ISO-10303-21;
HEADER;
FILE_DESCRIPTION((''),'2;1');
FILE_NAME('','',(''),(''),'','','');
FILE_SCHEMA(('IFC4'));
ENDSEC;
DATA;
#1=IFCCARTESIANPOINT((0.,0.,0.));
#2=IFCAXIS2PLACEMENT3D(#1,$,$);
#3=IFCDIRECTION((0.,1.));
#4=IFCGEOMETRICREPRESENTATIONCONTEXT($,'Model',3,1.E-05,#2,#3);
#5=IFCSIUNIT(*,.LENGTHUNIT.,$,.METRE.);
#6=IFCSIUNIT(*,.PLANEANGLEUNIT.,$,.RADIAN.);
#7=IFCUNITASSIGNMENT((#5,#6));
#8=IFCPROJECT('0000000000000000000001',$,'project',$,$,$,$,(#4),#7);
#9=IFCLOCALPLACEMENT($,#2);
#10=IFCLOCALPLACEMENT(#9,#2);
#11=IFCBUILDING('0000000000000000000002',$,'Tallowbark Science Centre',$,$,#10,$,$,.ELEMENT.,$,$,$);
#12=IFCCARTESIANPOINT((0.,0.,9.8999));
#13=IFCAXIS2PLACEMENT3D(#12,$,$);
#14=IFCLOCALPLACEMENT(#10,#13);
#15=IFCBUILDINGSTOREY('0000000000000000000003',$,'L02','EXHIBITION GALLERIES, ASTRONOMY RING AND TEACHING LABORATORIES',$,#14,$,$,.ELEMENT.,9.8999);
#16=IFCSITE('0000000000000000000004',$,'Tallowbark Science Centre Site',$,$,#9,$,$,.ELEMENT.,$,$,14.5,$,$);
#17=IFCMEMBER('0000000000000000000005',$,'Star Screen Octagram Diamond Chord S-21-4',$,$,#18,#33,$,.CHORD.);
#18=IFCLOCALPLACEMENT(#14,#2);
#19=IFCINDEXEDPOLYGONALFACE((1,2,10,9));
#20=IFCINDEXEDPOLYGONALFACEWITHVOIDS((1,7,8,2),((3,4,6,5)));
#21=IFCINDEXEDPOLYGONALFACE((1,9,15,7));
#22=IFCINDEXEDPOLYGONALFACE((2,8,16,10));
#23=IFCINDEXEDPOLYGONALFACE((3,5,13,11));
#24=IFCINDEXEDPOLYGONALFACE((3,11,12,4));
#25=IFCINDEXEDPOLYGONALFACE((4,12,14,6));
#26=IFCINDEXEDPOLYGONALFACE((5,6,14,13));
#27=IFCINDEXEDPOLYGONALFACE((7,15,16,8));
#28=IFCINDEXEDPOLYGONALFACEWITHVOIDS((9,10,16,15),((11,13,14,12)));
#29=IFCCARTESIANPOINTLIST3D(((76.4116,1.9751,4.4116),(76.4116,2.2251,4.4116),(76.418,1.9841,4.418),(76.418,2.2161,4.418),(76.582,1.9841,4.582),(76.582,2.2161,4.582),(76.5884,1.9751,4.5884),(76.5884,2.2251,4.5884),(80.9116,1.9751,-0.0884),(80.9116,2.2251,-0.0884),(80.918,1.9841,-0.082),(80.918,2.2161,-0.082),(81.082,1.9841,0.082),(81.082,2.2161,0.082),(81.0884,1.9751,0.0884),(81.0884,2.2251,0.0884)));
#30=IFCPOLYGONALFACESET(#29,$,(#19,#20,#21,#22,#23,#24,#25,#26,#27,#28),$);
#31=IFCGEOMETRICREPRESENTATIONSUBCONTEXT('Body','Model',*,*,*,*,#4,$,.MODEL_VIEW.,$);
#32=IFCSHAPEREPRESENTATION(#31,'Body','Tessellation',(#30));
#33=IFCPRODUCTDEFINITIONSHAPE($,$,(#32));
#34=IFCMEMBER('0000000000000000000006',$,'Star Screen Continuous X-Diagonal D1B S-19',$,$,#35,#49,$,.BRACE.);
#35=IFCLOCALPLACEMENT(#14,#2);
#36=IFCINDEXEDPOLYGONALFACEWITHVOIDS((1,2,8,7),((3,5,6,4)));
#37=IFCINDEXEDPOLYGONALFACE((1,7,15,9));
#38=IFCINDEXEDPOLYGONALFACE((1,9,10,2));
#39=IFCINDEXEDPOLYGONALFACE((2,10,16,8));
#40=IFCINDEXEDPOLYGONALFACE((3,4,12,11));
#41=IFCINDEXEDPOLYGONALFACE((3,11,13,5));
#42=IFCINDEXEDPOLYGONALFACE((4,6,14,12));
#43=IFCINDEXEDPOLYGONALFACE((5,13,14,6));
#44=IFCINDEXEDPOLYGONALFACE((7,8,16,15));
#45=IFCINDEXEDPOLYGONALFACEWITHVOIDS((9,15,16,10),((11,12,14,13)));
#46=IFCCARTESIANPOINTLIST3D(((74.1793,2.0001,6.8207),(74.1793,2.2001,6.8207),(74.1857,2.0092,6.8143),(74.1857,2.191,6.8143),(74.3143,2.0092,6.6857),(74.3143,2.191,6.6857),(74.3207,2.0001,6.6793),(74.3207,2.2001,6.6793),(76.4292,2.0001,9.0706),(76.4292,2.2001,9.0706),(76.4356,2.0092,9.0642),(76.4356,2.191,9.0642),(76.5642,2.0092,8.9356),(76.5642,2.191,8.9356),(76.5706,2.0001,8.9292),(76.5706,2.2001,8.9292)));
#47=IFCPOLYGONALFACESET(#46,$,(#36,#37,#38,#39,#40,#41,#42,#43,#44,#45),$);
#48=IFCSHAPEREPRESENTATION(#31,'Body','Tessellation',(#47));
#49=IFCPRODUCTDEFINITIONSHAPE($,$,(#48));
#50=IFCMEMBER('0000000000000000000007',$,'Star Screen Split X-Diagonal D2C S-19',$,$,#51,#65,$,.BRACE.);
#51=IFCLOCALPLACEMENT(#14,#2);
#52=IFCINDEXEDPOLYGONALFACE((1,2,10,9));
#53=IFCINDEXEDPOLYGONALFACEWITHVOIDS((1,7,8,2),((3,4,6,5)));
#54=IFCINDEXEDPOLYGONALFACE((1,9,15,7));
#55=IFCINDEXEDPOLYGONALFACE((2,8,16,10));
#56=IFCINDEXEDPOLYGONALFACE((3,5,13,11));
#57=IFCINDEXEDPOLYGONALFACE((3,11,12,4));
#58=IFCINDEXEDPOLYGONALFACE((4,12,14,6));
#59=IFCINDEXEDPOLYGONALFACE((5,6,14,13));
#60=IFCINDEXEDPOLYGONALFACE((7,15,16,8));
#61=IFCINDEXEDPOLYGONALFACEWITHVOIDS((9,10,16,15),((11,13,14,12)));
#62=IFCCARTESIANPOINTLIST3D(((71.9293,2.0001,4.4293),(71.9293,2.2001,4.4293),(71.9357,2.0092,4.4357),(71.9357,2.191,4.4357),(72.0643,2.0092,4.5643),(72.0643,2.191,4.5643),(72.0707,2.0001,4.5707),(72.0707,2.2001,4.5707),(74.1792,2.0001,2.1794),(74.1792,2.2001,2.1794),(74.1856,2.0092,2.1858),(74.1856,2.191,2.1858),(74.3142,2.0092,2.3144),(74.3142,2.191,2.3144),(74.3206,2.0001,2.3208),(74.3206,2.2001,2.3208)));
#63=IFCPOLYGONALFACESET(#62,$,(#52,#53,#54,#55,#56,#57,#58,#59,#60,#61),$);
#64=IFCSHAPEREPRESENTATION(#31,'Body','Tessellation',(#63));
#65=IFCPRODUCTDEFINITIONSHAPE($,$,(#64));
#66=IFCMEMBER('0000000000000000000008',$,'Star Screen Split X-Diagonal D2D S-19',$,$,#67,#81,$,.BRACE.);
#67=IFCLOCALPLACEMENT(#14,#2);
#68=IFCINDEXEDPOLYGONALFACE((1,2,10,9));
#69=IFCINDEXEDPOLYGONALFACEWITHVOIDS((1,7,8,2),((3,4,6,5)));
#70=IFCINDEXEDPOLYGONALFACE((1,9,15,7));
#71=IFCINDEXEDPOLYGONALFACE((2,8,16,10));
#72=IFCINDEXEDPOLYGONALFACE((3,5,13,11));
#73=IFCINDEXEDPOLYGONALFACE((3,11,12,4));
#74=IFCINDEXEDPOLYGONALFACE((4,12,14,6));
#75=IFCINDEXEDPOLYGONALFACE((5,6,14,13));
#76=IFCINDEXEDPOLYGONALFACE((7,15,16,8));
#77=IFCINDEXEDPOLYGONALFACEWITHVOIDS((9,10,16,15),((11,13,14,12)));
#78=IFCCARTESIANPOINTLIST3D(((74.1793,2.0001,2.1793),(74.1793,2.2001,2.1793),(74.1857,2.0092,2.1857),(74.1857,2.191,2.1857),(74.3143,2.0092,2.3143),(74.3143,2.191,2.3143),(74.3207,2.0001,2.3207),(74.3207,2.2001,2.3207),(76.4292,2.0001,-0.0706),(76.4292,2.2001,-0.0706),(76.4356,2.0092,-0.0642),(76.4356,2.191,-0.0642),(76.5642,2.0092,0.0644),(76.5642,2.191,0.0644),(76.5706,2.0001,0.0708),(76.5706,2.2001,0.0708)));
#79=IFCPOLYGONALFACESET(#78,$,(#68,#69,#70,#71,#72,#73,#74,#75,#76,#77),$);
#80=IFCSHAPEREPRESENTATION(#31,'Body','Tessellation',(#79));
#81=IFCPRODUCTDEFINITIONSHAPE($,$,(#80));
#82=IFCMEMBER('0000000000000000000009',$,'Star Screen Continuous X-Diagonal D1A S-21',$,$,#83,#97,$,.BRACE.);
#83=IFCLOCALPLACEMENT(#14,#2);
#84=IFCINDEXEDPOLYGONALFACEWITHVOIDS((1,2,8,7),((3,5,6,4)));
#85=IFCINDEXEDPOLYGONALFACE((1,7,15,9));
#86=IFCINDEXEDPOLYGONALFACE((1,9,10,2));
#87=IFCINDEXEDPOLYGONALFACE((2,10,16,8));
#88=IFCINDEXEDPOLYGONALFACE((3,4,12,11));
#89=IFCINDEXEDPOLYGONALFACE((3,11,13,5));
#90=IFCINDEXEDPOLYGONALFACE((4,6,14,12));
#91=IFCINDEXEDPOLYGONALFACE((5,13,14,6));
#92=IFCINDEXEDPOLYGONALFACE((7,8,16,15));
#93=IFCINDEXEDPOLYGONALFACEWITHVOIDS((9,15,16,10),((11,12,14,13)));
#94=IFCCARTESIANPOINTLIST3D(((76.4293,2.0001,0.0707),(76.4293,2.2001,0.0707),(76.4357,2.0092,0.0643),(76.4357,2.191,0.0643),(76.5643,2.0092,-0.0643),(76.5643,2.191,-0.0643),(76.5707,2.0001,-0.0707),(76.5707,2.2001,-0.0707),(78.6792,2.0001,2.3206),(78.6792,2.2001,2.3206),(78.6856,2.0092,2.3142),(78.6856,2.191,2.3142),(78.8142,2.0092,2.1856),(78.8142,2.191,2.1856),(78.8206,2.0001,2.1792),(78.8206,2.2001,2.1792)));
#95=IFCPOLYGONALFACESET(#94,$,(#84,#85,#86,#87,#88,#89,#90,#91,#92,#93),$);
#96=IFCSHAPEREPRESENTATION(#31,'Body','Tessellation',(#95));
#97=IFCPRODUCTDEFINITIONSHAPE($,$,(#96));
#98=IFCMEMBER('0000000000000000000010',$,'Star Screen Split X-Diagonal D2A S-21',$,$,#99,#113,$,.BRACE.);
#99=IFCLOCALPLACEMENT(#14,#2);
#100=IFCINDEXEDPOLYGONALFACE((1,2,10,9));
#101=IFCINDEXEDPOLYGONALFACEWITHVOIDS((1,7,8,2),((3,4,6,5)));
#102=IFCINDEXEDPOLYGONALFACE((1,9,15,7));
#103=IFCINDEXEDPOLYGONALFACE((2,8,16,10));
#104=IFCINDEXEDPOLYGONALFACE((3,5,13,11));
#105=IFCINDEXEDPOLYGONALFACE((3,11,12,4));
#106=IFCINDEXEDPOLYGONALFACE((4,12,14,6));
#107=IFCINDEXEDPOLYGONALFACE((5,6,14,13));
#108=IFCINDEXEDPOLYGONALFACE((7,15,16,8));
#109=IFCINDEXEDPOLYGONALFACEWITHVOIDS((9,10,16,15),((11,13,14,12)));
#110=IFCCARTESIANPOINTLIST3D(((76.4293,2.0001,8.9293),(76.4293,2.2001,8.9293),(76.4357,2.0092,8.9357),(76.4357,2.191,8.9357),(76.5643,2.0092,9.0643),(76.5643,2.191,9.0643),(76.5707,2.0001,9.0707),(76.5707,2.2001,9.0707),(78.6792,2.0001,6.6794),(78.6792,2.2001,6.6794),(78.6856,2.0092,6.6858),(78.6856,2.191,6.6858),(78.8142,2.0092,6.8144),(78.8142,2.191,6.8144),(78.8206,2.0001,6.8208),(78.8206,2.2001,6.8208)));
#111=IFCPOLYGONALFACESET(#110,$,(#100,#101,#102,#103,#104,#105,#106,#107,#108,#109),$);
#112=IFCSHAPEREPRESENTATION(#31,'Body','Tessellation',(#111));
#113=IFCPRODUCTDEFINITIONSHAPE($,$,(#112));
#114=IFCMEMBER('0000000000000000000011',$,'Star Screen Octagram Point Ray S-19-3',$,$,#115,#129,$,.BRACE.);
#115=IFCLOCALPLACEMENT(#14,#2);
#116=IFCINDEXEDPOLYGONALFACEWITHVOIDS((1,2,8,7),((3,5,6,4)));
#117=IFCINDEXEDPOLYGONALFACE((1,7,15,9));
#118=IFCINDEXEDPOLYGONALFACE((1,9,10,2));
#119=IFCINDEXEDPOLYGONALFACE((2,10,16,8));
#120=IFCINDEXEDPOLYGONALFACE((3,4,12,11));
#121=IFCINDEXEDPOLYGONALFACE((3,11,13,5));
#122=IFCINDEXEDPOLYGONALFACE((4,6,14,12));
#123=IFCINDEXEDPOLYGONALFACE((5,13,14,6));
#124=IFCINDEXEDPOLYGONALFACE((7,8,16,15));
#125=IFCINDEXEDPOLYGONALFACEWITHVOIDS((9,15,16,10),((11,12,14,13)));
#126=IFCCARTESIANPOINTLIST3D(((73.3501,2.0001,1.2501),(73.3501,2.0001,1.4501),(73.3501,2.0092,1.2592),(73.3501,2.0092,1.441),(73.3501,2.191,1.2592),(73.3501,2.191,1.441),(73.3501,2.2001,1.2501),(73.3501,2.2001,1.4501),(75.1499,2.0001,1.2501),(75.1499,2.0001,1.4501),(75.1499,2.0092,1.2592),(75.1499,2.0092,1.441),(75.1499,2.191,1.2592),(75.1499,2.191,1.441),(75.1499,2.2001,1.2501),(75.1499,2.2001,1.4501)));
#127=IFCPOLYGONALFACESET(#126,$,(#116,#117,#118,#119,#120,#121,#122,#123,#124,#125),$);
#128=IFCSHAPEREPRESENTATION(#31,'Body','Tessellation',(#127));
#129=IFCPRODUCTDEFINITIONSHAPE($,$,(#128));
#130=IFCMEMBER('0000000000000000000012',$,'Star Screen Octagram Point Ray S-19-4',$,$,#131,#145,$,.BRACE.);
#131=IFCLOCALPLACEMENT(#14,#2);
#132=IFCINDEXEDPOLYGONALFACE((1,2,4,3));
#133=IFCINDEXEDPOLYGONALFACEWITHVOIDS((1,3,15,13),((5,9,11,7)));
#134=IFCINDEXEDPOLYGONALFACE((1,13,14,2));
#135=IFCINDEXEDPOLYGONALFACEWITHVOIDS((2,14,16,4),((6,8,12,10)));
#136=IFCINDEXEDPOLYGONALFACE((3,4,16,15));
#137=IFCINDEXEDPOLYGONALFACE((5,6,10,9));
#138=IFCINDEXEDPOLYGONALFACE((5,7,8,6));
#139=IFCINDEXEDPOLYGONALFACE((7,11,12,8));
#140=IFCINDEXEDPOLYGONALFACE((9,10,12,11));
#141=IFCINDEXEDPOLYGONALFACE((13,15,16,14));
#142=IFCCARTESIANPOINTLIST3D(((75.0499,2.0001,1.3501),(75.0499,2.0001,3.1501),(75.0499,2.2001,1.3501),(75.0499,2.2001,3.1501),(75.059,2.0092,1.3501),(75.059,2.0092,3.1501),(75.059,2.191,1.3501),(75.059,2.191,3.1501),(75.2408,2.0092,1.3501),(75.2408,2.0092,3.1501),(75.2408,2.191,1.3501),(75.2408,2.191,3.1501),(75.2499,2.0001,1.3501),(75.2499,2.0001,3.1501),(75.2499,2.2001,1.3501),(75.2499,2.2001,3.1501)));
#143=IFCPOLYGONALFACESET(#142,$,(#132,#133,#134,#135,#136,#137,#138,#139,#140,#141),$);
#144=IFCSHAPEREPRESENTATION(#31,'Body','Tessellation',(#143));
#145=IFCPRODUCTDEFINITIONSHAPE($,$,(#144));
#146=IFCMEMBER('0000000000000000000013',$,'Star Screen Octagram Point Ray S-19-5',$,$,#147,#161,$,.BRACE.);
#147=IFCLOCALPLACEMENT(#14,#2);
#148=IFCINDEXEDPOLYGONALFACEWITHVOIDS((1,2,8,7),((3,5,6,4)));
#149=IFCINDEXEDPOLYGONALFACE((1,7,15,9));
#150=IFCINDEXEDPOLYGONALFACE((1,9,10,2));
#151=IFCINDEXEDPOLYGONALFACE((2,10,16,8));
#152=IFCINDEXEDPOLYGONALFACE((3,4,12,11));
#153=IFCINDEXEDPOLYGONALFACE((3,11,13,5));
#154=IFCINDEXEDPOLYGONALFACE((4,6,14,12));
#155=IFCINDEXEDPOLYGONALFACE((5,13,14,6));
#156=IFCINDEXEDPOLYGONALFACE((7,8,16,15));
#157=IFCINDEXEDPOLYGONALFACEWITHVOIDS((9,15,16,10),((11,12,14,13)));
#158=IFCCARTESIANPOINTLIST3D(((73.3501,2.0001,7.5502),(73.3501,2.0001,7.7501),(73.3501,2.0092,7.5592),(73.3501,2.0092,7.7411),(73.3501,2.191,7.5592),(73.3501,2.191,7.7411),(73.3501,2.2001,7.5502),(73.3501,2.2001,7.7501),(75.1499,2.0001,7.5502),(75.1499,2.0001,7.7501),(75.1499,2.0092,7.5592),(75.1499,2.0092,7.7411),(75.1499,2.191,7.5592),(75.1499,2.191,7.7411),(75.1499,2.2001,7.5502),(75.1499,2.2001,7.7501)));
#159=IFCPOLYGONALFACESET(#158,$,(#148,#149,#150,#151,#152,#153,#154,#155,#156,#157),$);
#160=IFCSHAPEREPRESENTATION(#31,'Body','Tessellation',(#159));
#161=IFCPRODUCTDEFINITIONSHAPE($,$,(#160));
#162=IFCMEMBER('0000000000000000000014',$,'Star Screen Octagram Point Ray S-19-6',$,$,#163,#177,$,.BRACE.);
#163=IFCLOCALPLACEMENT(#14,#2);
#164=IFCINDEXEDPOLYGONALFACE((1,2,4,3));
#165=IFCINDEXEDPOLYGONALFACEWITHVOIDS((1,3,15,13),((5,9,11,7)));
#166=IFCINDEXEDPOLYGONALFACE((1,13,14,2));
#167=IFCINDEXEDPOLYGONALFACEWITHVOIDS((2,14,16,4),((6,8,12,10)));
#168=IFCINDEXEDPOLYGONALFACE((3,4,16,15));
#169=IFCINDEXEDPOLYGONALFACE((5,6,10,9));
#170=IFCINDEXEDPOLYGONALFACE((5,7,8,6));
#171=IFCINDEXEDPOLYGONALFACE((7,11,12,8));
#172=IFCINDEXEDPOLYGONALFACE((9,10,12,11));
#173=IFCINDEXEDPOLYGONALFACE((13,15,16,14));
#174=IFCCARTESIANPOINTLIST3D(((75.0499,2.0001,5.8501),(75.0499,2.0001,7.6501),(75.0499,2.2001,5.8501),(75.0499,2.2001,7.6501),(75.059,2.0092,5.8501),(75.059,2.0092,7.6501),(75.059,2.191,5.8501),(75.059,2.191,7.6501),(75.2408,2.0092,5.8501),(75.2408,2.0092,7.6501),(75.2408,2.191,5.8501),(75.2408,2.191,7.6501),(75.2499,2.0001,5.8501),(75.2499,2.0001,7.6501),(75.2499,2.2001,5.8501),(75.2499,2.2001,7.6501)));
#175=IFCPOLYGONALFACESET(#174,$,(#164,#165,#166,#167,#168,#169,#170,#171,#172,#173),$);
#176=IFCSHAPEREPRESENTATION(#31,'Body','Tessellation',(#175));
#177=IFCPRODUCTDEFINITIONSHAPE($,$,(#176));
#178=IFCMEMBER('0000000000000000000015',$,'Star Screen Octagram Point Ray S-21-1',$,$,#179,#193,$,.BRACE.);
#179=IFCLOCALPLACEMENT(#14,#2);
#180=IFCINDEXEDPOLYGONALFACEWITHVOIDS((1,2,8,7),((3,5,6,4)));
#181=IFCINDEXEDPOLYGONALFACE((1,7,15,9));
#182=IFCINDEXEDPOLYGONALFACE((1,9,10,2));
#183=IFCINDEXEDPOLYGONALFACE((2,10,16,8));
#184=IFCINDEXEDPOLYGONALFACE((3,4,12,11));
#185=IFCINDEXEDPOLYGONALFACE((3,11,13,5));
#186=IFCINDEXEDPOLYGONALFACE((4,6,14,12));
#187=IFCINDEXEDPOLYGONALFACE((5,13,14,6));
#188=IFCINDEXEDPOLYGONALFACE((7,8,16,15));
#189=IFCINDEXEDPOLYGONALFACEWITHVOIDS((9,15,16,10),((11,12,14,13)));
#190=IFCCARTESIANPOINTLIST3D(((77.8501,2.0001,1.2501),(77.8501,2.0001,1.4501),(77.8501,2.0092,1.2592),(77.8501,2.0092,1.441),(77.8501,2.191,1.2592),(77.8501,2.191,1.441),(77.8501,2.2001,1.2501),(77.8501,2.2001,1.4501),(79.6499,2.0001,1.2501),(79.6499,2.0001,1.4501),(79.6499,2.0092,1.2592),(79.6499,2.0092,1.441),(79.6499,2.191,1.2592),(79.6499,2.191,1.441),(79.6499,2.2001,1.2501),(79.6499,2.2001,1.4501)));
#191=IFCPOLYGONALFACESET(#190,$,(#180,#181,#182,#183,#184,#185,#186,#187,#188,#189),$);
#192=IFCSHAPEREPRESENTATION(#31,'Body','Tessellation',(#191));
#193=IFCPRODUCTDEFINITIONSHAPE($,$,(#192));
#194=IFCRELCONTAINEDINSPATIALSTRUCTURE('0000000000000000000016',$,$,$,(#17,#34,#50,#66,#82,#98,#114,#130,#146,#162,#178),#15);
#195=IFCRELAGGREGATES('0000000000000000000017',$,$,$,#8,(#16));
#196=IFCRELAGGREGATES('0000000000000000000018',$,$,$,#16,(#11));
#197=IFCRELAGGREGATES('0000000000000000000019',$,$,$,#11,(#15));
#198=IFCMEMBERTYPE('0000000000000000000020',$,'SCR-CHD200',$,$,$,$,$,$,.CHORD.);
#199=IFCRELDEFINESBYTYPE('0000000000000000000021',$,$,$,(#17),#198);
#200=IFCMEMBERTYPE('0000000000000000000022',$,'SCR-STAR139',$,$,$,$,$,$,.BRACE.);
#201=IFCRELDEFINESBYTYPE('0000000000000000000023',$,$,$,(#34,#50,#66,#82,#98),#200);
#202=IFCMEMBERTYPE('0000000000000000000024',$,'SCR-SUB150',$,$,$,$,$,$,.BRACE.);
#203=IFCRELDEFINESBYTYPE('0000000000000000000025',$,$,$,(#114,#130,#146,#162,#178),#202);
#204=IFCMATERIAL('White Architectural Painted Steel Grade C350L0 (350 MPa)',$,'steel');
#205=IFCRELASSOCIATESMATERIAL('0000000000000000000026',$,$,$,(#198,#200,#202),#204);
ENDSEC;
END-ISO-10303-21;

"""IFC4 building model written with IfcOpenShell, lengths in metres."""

from ifc_helpers import new_model, si_unit, direction, frame, origin, origin_2d, place, context, subcontext, project, spatial, hollow_rectangle, extrude, material, material_profile, profile_set, type_object, element, save


model = new_model("IFC4")

# Units and contexts
model_context = context("Model", 3, precision=1e-05, world=origin(), true_north=direction((0.0, 1.0)))
body_context = subcontext(model_context, "Body", "Model", "MODEL_VIEW")
ifc_project = project(units=[si_unit("LENGTHUNIT", "METRE"), si_unit("PLANEANGLEUNIT", "RADIAN")], contexts=[model_context])

# Site, building, storey
site_placement = place(None, origin())
site = spatial("IfcSite", under=ifc_project, at=site_placement, Name="Tallowbark Science Centre Site", CompositionType="ELEMENT", RefElevation=14.5)
building_placement = place(site_placement, origin())
building = spatial("IfcBuilding", under=site, at=building_placement, Name="Tallowbark Science Centre", CompositionType="ELEMENT")
storey_placement = place(building_placement, frame((0.0, 0.0, 9.8999)))
storey = spatial("IfcBuildingStorey", under=building, at=storey_placement, Name="L02", Description="EXHIBITION GALLERIES, ASTRONOMY RING AND TEACHING LABORATORIES", CompositionType="ELEMENT", Elevation=9.8999)

# Shared definitions
ifc_material_1 = material(Name="White Architectural Painted Steel Grade C350L0 (350 MPa)", Category="steel")

# Members
ifc_material_profile_1 = material_profile(ifc_material_1, hollow_rectangle(XDim=0.25, YDim=0.25, WallThickness=0.009, at=origin_2d()), Name="250x250x9.0SHS")
ifc_profile_set_1 = profile_set([ifc_material_profile_1], Name="White Architectural Painted Steel Grade C350L0 (350 MPa)")
member_type_1 = type_object("IfcMemberType", Name="SCR-CHD200", PredefinedType="CHORD", material=ifc_profile_set_1)
member_1_placement = place(storey_placement, frame((76.5, 2.1001, 4.5), z_axis=(0.707107, 0.0, -0.707107), x_axis=(0.0, 1.0, 0.0)))
element("IfcMember", 1, at=member_1_placement, inside=storey, type_object=member_type_1, Name="Star Screen Octagram Diamond Chord S-21-4", PredefinedType="CHORD", context=body_context, shape_type="SweptSolid", body=[
    extrude(hollow_rectangle(XDim=0.25, YDim=0.25, WallThickness=0.009, at=origin_2d()), origin(), (0.0, 0.0, 1.0), 6.364),
])
ifc_material_profile_2 = material_profile(ifc_material_1, hollow_rectangle(XDim=0.2, YDim=0.2, WallThickness=0.009, at=origin_2d()), Name="200x200x9.0SHS")
ifc_profile_set_2 = profile_set([ifc_material_profile_2], Name="White Architectural Painted Steel Grade C350L0 (350 MPa)")
member_type_2 = type_object("IfcMemberType", Name="SCR-STAR139", PredefinedType="BRACE", material=ifc_profile_set_2)
for number, where, z_axis, x_axis, name in (
    (2, (74.25, 2.1001, 6.75), (0.707107, 0.0, 0.707107), (0.0, 1.0, 0.0), "Star Screen Continuous X-Diagonal D1B S-19"),
    (3, (72.0, 2.1001, 4.5), (0.707107, 0.0, -0.707107), (0.0, 1.0, 0.0), "Star Screen Split X-Diagonal D2C S-19"),
    (4, (74.25, 2.1001, 2.25), (0.707107, 0.0, -0.707107), (0.0, 1.0, 0.0), "Star Screen Split X-Diagonal D2D S-19"),
    (5, (76.5, 2.1001, 0.0), (0.707107, 0.0, 0.707107), (0.0, 1.0, 0.0), "Star Screen Continuous X-Diagonal D1A S-21"),
    (6, (76.5, 2.1001, 9.0), (0.707107, 0.0, -0.707107), (0.0, 1.0, 0.0), "Star Screen Split X-Diagonal D2A S-21"),
):
    element("IfcMember", number, at=place(storey_placement, frame(where, z_axis=z_axis, x_axis=x_axis)), inside=storey, type_object=member_type_2, Name=name, PredefinedType="BRACE", context=body_context, shape_type="SweptSolid", body=[
        extrude(hollow_rectangle(XDim=0.2, YDim=0.2, WallThickness=0.009, at=origin_2d()), origin(), (0.0, 0.0, 1.0), 3.1819),
    ])
ifc_material_profile_3 = material_profile(ifc_material_1, hollow_rectangle(XDim=0.2, YDim=0.2, WallThickness=0.009, at=origin_2d()), Name="200x200x9.0SHS")
ifc_profile_set_3 = profile_set([ifc_material_profile_3], Name="White Architectural Painted Steel Grade C350L0 (350 MPa)")
member_type_3 = type_object("IfcMemberType", Name="SCR-SUB150", PredefinedType="BRACE", material=ifc_profile_set_3)
member_2_placement = place(storey_placement, frame((75.1499, 2.1001, 1.3501), z_axis=(-1.0, 0.0, 0.0), x_axis=(0.0, -1.0, 0.0)))
element("IfcMember", 7, at=member_2_placement, inside=storey, type_object=member_type_3, Name="Star Screen Octagram Point Ray S-19-3", PredefinedType="BRACE", context=body_context, shape_type="SweptSolid", body=[
    extrude(hollow_rectangle(XDim=0.2, YDim=0.2, WallThickness=0.009, at=origin_2d()), origin(), (0.0, 0.0, 1.0), 1.7998),
])
member_3_placement = place(storey_placement, frame((75.1499, 2.1001, 1.3501), z_axis=(0.0, 0.0, 1.0), x_axis=(1.0, 0.0, 0.0)))
element("IfcMember", 8, at=member_3_placement, inside=storey, type_object=member_type_3, Name="Star Screen Octagram Point Ray S-19-4", PredefinedType="BRACE", context=body_context, shape_type="SweptSolid", body=[
    extrude(hollow_rectangle(XDim=0.2, YDim=0.2, WallThickness=0.009, at=origin_2d()), origin(), (0.0, 0.0, 1.0), 1.8),
])
member_4_placement = place(storey_placement, frame((75.1499, 2.1001, 7.6501), z_axis=(-1.0, 0.0, 0.0), x_axis=(0.0, -1.0, 0.0)))
element("IfcMember", 9, at=member_4_placement, inside=storey, type_object=member_type_3, Name="Star Screen Octagram Point Ray S-19-5", PredefinedType="BRACE", context=body_context, shape_type="SweptSolid", body=[
    extrude(hollow_rectangle(XDim=0.2, YDim=0.2, WallThickness=0.009, at=origin_2d()), origin(), (0.0, 0.0, 1.0), 1.7998),
])
member_5_placement = place(storey_placement, frame((75.1499, 2.1001, 7.6501), z_axis=(0.0, 0.0, -1.0), x_axis=(1.0, 0.0, 0.0)))
element("IfcMember", 10, at=member_5_placement, inside=storey, type_object=member_type_3, Name="Star Screen Octagram Point Ray S-19-6", PredefinedType="BRACE", context=body_context, shape_type="SweptSolid", body=[
    extrude(hollow_rectangle(XDim=0.2, YDim=0.2, WallThickness=0.009, at=origin_2d()), origin(), (0.0, 0.0, 1.0), 1.8),
])
member_6_placement = place(storey_placement, frame((77.8501, 2.1001, 1.3501), z_axis=(1.0, 0.0, 0.0), x_axis=(0.0, 1.0, 0.0)))
element("IfcMember", 11, at=member_6_placement, inside=storey, type_object=member_type_3, Name="Star Screen Octagram Point Ray S-21-1", PredefinedType="BRACE", context=body_context, shape_type="SweptSolid", body=[
    extrude(hollow_rectangle(XDim=0.2, YDim=0.2, WallThickness=0.009, at=origin_2d()), origin(), (0.0, 0.0, 1.0), 1.7998),
])

save(model, "model.ifc")
